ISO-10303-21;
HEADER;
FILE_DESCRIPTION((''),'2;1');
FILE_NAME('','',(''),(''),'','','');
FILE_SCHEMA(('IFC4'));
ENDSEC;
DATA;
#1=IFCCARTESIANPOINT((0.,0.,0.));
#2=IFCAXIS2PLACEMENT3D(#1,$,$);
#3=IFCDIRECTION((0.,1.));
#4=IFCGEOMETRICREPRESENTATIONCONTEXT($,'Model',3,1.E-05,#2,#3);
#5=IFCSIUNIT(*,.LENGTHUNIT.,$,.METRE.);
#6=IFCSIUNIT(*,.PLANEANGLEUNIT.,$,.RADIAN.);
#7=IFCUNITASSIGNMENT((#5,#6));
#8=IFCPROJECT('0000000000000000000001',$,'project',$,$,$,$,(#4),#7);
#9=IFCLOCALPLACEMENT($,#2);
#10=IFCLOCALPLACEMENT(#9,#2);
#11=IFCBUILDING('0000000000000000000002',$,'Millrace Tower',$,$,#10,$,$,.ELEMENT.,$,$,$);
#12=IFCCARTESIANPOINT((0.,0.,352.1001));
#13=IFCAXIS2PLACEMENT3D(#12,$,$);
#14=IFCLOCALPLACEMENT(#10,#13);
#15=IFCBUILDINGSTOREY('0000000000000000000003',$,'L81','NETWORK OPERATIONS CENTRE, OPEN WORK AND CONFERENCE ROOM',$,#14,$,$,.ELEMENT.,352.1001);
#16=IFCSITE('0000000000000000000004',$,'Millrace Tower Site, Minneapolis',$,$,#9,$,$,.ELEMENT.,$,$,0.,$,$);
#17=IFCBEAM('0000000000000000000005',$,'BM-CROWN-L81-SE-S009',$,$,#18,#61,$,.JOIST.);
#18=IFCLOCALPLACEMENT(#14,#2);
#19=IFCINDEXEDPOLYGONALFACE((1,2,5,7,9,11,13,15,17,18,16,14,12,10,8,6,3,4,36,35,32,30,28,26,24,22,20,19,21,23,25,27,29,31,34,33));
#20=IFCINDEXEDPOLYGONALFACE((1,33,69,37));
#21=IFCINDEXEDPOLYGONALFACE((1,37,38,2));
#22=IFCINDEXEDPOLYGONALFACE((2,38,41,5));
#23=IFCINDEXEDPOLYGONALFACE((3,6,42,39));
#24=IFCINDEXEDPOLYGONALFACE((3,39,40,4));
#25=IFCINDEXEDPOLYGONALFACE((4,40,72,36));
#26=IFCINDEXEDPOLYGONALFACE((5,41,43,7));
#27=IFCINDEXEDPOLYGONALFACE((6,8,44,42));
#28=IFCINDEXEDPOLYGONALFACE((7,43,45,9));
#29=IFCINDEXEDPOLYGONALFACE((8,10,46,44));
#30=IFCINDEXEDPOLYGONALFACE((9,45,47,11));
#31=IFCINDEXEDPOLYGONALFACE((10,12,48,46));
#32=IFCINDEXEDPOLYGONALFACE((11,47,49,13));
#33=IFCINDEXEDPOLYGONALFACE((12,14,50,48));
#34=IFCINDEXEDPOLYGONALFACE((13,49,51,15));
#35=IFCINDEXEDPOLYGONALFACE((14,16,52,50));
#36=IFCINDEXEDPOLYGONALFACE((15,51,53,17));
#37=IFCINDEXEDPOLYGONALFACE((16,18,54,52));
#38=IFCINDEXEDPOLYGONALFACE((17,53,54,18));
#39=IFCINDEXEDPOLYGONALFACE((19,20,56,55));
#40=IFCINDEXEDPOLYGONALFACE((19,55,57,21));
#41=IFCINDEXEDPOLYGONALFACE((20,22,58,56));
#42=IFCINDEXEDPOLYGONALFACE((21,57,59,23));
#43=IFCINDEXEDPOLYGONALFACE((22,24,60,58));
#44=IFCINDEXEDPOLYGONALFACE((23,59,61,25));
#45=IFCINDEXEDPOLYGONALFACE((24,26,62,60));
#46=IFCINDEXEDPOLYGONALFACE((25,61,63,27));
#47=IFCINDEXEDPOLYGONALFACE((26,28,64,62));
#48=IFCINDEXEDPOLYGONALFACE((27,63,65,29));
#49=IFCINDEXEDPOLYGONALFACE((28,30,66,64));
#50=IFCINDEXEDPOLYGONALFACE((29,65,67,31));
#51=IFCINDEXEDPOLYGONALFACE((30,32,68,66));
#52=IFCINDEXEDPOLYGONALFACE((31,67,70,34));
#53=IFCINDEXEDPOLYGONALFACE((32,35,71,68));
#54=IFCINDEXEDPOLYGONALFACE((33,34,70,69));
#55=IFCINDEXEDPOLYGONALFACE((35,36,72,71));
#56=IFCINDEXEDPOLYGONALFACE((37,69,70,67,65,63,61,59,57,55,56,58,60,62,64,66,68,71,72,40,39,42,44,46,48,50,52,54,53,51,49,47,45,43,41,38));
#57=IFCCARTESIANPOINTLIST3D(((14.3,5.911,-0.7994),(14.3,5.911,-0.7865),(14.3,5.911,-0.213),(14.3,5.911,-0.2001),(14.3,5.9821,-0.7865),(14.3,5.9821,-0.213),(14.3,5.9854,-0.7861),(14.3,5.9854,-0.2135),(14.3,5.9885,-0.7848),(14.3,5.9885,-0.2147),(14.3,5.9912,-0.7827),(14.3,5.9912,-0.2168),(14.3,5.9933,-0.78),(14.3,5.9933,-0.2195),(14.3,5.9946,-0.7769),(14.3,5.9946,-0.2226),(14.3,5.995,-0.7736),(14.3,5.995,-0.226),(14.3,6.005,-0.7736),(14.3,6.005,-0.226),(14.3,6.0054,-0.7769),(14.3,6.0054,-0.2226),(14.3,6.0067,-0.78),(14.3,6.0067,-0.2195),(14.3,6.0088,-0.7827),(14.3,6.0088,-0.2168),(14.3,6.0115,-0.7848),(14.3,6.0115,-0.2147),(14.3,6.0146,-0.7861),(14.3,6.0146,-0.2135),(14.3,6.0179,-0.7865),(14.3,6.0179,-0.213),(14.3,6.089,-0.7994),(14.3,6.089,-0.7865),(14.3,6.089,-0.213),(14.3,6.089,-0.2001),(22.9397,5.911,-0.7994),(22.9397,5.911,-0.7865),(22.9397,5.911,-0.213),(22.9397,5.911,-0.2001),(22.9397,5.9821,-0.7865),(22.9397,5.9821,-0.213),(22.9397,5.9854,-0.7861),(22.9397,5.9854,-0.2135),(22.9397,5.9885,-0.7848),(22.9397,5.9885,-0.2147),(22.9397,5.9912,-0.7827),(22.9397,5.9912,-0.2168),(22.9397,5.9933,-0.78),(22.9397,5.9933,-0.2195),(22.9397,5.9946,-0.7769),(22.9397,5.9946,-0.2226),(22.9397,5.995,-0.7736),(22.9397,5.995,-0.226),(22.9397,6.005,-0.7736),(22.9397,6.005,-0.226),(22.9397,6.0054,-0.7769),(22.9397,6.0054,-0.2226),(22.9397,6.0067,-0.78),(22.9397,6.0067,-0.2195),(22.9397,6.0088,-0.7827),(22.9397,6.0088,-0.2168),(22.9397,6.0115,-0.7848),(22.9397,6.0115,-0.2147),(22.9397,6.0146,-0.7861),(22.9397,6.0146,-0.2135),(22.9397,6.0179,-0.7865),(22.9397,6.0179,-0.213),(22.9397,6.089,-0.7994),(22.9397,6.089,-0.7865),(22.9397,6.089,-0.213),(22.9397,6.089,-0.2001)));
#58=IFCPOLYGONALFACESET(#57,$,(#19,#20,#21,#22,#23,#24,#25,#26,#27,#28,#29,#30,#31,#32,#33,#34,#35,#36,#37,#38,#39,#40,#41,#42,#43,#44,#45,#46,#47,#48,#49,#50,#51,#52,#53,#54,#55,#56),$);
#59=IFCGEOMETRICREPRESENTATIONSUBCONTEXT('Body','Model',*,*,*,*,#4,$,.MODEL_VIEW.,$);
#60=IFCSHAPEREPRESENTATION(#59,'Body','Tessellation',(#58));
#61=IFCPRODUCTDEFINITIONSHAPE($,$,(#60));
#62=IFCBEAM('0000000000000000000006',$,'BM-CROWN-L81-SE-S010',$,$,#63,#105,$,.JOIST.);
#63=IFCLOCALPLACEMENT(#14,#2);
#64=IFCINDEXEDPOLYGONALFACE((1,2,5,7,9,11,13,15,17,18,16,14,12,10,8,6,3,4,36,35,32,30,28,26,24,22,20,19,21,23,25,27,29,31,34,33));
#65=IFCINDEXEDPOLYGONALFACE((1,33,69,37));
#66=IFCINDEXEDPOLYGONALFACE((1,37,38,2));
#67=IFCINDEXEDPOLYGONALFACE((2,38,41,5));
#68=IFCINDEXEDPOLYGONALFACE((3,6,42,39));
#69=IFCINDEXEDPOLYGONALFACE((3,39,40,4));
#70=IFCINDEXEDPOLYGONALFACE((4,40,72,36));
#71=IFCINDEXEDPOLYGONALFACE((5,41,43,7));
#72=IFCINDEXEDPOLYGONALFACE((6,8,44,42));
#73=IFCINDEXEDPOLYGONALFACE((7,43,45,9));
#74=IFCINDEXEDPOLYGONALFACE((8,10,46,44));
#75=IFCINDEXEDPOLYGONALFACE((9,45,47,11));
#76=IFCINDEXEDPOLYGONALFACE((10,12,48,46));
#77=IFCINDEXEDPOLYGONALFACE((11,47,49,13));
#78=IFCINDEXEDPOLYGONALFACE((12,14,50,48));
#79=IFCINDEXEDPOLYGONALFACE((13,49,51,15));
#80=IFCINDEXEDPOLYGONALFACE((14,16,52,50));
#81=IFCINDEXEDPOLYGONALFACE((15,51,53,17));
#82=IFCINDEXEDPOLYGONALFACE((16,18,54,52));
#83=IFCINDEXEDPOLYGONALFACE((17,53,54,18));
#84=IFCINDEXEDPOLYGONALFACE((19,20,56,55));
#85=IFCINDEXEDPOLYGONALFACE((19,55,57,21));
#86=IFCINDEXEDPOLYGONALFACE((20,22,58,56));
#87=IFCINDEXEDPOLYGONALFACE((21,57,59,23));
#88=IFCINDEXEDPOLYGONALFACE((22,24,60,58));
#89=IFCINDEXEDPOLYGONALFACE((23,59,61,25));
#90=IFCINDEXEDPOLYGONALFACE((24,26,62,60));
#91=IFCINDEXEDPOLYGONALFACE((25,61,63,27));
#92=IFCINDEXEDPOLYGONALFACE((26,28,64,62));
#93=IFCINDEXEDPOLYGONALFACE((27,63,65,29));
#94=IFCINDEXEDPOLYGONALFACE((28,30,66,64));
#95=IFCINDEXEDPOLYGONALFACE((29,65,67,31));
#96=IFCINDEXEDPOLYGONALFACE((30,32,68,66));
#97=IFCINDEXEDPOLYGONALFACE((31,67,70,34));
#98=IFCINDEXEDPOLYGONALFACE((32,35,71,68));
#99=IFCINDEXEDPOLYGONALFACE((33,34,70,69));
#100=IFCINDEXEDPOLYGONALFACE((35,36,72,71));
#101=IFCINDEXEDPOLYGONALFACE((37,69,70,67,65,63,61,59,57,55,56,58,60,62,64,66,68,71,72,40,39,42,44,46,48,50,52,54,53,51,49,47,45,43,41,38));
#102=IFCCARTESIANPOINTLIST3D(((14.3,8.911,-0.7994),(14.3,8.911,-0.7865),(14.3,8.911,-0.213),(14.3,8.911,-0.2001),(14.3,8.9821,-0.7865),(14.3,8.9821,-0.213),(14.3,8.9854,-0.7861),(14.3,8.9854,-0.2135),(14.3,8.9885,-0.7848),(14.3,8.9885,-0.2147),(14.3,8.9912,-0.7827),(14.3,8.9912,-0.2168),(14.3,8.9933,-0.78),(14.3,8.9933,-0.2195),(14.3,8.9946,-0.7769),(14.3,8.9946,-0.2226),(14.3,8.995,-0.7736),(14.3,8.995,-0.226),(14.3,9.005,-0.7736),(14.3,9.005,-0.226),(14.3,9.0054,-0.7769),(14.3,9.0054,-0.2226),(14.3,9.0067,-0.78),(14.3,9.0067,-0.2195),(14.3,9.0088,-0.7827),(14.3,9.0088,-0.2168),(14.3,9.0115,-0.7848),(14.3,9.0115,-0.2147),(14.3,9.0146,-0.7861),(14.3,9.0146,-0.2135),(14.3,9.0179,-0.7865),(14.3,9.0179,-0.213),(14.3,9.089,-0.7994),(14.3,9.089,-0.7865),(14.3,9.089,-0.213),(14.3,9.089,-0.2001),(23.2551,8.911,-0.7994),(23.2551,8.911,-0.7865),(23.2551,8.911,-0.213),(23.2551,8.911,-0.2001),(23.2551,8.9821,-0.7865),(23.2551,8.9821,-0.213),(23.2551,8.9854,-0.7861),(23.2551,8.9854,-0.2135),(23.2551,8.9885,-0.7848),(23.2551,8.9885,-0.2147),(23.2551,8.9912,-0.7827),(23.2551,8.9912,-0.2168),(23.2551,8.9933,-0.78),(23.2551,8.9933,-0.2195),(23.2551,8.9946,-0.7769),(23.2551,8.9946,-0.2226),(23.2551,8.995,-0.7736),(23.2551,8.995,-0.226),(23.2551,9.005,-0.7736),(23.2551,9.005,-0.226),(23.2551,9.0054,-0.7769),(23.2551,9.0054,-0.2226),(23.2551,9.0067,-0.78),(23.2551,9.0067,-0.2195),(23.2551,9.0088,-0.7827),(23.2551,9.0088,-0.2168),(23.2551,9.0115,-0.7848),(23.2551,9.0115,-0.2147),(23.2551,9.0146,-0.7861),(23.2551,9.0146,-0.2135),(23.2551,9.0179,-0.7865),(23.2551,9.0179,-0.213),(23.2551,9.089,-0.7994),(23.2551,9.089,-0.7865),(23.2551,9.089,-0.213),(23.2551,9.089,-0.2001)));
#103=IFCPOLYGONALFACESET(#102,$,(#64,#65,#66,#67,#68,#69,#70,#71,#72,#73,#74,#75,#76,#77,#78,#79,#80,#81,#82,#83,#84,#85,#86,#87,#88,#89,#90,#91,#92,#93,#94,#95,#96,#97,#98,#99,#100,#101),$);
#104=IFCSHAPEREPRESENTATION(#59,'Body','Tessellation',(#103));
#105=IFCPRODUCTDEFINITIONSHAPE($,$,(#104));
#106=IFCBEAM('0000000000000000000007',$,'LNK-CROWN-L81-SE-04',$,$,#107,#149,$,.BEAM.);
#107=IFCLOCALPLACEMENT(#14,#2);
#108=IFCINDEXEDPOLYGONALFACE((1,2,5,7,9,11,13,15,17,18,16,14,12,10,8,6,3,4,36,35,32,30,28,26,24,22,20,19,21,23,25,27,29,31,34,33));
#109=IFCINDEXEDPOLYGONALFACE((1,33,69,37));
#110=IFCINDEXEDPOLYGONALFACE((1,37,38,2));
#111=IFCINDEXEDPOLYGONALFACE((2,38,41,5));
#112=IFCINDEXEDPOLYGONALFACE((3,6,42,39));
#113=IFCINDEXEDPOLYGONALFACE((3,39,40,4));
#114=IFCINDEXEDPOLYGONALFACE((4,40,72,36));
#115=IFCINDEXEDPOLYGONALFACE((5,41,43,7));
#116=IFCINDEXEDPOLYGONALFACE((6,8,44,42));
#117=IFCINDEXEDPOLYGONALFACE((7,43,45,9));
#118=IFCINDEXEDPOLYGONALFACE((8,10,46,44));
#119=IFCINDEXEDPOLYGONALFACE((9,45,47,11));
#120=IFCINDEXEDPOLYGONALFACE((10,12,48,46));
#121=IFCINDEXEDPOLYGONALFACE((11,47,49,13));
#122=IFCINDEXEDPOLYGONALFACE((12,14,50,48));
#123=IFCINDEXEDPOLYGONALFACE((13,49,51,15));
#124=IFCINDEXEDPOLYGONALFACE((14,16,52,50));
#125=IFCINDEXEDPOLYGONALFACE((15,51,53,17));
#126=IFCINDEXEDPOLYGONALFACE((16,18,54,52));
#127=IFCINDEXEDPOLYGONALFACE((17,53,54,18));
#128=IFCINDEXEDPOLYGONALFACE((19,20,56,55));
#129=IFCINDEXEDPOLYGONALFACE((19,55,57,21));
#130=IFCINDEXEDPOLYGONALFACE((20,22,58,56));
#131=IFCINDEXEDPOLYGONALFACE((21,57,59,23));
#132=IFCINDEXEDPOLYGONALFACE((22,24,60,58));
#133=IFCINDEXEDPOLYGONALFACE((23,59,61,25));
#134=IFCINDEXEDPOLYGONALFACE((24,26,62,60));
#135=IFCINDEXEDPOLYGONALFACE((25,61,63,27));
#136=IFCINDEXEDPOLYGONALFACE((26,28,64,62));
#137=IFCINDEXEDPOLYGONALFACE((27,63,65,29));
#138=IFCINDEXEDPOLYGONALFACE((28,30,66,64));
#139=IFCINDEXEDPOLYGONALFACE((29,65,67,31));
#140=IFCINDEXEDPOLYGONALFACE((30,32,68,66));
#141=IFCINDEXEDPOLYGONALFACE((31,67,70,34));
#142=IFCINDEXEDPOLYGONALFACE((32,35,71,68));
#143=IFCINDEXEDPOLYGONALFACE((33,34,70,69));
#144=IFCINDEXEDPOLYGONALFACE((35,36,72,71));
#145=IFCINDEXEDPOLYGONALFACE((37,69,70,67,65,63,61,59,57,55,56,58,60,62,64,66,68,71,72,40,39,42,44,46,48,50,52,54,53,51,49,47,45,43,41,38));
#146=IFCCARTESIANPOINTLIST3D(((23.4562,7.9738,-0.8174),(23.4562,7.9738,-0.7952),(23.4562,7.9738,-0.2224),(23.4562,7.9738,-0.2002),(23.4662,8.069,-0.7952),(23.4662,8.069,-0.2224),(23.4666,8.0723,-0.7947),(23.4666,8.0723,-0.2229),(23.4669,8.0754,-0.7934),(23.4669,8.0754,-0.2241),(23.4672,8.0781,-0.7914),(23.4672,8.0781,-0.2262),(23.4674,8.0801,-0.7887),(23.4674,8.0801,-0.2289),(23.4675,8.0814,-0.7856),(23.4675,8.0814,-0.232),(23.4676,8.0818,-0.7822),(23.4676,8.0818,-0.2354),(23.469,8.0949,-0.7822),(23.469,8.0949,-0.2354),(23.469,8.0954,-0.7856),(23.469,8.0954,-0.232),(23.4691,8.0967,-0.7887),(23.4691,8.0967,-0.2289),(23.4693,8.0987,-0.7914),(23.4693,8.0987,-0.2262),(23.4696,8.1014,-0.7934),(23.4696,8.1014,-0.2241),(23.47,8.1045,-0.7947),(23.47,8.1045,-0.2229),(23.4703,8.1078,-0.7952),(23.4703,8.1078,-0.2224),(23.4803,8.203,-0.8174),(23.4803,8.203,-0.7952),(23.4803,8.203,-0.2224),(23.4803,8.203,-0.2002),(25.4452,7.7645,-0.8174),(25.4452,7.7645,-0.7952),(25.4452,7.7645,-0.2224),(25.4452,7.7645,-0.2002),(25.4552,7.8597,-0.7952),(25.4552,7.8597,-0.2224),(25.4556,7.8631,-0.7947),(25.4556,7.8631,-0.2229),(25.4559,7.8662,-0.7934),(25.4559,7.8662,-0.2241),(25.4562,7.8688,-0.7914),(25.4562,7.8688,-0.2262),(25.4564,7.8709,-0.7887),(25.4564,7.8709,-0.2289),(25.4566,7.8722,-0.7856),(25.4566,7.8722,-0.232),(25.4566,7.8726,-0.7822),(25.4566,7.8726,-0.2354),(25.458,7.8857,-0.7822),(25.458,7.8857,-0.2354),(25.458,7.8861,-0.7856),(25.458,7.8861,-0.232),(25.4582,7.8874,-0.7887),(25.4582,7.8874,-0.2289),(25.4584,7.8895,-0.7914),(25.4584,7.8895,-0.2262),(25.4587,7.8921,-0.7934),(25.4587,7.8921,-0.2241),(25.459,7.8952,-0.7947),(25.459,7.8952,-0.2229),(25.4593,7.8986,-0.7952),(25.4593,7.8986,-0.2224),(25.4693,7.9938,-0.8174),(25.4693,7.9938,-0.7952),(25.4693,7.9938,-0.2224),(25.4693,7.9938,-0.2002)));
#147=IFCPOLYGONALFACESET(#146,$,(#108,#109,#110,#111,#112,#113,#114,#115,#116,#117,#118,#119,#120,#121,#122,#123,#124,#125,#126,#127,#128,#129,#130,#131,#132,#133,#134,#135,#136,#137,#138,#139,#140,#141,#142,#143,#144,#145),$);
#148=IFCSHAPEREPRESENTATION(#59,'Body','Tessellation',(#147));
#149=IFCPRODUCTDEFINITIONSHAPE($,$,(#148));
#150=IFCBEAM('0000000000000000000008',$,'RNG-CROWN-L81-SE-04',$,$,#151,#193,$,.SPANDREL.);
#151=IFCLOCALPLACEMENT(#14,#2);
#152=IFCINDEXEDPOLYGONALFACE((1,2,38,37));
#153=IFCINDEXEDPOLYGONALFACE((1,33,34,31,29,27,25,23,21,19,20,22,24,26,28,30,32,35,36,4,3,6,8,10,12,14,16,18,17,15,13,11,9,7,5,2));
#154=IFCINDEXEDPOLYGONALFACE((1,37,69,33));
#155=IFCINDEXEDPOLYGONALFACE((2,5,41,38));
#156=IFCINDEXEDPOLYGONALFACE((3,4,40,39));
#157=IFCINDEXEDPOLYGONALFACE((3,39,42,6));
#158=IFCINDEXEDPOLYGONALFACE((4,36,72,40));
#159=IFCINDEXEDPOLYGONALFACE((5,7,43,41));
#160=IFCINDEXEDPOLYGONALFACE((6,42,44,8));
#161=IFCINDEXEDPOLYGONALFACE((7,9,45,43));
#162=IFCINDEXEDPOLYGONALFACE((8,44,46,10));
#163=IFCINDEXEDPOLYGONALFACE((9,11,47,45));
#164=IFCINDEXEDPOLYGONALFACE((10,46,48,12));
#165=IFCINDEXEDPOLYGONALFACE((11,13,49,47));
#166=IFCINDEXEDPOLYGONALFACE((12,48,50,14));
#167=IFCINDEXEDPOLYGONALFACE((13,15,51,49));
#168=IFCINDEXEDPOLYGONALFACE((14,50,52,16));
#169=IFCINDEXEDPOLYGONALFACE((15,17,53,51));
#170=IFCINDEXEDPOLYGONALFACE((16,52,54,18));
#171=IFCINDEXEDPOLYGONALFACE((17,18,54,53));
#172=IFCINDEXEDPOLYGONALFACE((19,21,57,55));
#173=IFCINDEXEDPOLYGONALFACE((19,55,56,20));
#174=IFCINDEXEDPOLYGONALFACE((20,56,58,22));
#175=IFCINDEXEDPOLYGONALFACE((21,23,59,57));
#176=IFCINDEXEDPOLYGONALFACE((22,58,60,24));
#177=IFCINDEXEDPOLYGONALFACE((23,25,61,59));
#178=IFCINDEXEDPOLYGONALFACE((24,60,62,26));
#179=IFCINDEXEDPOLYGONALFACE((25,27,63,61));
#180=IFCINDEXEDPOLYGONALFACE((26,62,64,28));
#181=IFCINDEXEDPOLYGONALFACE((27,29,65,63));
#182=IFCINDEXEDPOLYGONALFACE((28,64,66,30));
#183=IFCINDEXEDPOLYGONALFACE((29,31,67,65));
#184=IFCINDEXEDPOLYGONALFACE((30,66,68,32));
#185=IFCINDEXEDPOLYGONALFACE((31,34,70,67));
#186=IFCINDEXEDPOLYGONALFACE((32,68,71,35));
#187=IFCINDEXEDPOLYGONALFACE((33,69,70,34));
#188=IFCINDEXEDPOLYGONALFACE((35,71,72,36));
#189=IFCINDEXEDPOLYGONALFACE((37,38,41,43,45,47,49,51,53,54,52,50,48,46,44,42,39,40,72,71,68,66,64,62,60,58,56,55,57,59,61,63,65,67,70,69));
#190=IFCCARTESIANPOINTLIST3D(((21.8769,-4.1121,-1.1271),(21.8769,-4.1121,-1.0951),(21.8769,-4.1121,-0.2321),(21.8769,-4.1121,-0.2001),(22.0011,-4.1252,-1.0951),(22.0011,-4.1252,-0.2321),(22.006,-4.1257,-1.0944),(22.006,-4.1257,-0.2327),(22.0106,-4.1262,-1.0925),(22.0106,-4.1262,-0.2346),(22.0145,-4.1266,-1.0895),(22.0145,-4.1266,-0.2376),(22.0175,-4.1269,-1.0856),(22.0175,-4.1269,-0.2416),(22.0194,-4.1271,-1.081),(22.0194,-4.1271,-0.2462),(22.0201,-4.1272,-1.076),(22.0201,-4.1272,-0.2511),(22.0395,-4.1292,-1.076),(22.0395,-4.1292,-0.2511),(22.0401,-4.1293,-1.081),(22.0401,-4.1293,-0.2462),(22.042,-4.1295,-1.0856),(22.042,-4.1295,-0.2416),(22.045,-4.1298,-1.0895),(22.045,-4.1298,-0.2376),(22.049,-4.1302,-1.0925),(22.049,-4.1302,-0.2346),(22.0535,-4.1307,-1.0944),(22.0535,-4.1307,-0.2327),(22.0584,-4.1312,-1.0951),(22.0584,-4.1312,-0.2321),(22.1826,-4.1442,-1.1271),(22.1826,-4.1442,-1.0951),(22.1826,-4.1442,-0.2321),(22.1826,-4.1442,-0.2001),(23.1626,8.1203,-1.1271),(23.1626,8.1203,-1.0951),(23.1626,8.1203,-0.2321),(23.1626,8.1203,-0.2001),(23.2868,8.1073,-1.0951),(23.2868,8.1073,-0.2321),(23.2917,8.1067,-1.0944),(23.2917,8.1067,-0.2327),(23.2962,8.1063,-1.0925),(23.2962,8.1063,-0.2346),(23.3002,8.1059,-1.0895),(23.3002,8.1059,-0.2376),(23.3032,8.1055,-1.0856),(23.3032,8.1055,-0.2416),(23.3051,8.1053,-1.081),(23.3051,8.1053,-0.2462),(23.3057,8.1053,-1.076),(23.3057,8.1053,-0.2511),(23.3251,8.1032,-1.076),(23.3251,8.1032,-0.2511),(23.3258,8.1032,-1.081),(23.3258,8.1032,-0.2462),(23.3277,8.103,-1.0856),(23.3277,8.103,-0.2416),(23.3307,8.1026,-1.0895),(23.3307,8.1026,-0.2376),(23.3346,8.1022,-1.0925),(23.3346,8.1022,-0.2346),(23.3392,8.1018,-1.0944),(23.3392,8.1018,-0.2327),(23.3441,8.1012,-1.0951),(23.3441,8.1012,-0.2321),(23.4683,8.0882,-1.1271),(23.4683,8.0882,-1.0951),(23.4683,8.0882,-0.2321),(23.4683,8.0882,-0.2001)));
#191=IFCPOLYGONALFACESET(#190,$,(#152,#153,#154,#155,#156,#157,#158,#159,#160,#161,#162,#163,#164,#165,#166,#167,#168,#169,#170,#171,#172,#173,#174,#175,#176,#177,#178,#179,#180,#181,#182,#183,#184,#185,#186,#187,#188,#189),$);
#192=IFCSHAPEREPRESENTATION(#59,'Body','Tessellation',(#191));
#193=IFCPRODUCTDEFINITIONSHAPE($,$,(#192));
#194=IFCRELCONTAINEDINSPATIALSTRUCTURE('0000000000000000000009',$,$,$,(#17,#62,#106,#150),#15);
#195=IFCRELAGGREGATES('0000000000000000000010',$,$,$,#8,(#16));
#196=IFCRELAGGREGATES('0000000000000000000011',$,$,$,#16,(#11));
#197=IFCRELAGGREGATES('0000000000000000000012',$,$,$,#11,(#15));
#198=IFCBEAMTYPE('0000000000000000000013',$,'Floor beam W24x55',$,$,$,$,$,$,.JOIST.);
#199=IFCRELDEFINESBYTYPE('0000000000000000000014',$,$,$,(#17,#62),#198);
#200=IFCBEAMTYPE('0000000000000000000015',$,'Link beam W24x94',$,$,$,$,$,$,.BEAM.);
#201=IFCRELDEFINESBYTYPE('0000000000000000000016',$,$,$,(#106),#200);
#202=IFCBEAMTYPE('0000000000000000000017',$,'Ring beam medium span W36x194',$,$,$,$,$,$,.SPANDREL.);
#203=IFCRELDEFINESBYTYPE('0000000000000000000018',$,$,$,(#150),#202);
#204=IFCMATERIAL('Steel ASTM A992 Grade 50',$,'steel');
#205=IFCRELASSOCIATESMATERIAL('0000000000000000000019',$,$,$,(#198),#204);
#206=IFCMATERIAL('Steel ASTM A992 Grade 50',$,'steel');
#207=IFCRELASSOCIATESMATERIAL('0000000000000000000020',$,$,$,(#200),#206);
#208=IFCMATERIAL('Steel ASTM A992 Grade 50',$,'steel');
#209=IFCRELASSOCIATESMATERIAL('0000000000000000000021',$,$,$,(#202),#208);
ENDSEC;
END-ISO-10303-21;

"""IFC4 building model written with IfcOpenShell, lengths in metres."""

from ifc_helpers import new_model, si_unit, direction, frame, origin, origin_2d, place, context, subcontext, project, spatial, i_section, extrude, material, material_profile, profile_set, type_object, element, save


model = new_model("IFC4")

# Units and contexts
model_context = context("Model", 3, precision=1e-05, world=origin(), true_north=direction((0.0, 1.0)))
body_context = subcontext(model_context, "Body", "Model", "MODEL_VIEW")
ifc_project = project(units=[si_unit("LENGTHUNIT", "METRE"), si_unit("PLANEANGLEUNIT", "RADIAN")], contexts=[model_context])

# Site, building, storey
site_placement = place(None, origin())
site = spatial("IfcSite", under=ifc_project, at=site_placement, Name="Millrace Tower Site, Minneapolis", CompositionType="ELEMENT", RefElevation=0.0)
building_placement = place(site_placement, origin())
building = spatial("IfcBuilding", under=site, at=building_placement, Name="Millrace Tower", CompositionType="ELEMENT")
storey_placement = place(building_placement, frame((0.0, 0.0, 352.1001)))
storey = spatial("IfcBuildingStorey", under=building, at=storey_placement, Name="L81", Description="NETWORK OPERATIONS CENTRE, OPEN WORK AND CONFERENCE ROOM", CompositionType="ELEMENT", Elevation=352.1001)

# Beams
ifc_material_1 = material(Name="Steel ASTM A992 Grade 50", Category="steel")
ifc_material_profile_1 = material_profile(ifc_material_1, i_section(OverallWidth=0.178, OverallDepth=0.5994, WebThickness=0.01, FlangeThickness=0.0129, FilletRadius=0.0129, at=origin_2d()))
ifc_profile_set_1 = profile_set([ifc_material_profile_1], Name="Steel ASTM A992 Grade 50")
beam_type_1 = type_object("IfcBeamType", Name="Floor beam W24x55", PredefinedType="JOIST", material=ifc_profile_set_1)
beam_1_placement = place(storey_placement, frame((14.3, 6.0, -0.4998), z_axis=(1.0, 0.0, 0.0), x_axis=(0.0, 1.0, 0.0)))
element("IfcBeam", 1, at=beam_1_placement, inside=storey, type_object=beam_type_1, Name="BM-CROWN-L81-SE-S009", PredefinedType="JOIST", context=body_context, shape_type="SweptSolid", body=[
    extrude(i_section(OverallWidth=0.178, OverallDepth=0.5994, WebThickness=0.01, FlangeThickness=0.0129, FilletRadius=0.0129, at=origin_2d()), origin(), (0.0, 0.0, 1.0), 8.6396),
])
beam_2_placement = place(storey_placement, frame((14.3, 9.0, -0.4998), z_axis=(1.0, 0.0, 0.0), x_axis=(0.0, 1.0, 0.0)))
element("IfcBeam", 2, at=beam_2_placement, inside=storey, type_object=beam_type_1, Name="BM-CROWN-L81-SE-S010", PredefinedType="JOIST", context=body_context, shape_type="SweptSolid", body=[
    extrude(i_section(OverallWidth=0.178, OverallDepth=0.5994, WebThickness=0.01, FlangeThickness=0.0129, FilletRadius=0.0129, at=origin_2d()), origin(), (0.0, 0.0, 1.0), 8.9551),
])
ifc_material_2 = material(Name="Steel ASTM A992 Grade 50", Category="steel")
ifc_material_profile_2 = material_profile(ifc_material_2, i_section(OverallWidth=0.2305, OverallDepth=0.6172, WebThickness=0.0132, FlangeThickness=0.0222, FilletRadius=0.0129, at=origin_2d()))
ifc_profile_set_2 = profile_set([ifc_material_profile_2], Name="Steel ASTM A992 Grade 50")
beam_type_2 = type_object("IfcBeamType", Name="Link beam W24x94", PredefinedType="BEAM", material=ifc_profile_set_2)
beam_3_placement = place(storey_placement, frame((23.4683, 8.0884, -0.5088), z_axis=(0.994513, -0.104615, 0.0), x_axis=(0.104615, 0.994513, 0.0)))
element("IfcBeam", 3, at=beam_3_placement, inside=storey, type_object=beam_type_2, Name="LNK-CROWN-L81-SE-04", PredefinedType="BEAM", context=body_context, shape_type="SweptSolid", body=[
    extrude(i_section(OverallWidth=0.2305, OverallDepth=0.6172, WebThickness=0.0132, FlangeThickness=0.0222, FilletRadius=0.0129, at=origin_2d()), origin(), (0.0, 0.0, 1.0), 2.0),
])
ifc_material_3 = material(Name="Steel ASTM A992 Grade 50", Category="steel")
ifc_material_profile_3 = material_profile(ifc_material_3, i_section(OverallWidth=0.3074, OverallDepth=0.927, WebThickness=0.0195, FlangeThickness=0.032, FilletRadius=0.019, at=origin_2d()))
ifc_profile_set_3 = profile_set([ifc_material_profile_3], Name="Steel ASTM A992 Grade 50")
beam_type_3 = type_object("IfcBeamType", Name="Ring beam medium span W36x194", PredefinedType="SPANDREL", material=ifc_profile_set_3)
beam_4_placement = place(storey_placement, frame((23.3154, 8.1042, -0.6636), z_axis=(-0.104526, -0.994522, 0.0), x_axis=(0.994522, -0.104526, 0.0)))
element("IfcBeam", 4, at=beam_4_placement, inside=storey, type_object=beam_type_3, Name="RNG-CROWN-L81-SE-04", PredefinedType="SPANDREL", context=body_context, shape_type="SweptSolid", body=[
    extrude(i_section(OverallWidth=0.3074, OverallDepth=0.927, WebThickness=0.0195, FlangeThickness=0.032, FilletRadius=0.019, at=origin_2d()), origin(), (0.0, 0.0, 1.0), 12.2998),
])

save(model, "model.ifc")
